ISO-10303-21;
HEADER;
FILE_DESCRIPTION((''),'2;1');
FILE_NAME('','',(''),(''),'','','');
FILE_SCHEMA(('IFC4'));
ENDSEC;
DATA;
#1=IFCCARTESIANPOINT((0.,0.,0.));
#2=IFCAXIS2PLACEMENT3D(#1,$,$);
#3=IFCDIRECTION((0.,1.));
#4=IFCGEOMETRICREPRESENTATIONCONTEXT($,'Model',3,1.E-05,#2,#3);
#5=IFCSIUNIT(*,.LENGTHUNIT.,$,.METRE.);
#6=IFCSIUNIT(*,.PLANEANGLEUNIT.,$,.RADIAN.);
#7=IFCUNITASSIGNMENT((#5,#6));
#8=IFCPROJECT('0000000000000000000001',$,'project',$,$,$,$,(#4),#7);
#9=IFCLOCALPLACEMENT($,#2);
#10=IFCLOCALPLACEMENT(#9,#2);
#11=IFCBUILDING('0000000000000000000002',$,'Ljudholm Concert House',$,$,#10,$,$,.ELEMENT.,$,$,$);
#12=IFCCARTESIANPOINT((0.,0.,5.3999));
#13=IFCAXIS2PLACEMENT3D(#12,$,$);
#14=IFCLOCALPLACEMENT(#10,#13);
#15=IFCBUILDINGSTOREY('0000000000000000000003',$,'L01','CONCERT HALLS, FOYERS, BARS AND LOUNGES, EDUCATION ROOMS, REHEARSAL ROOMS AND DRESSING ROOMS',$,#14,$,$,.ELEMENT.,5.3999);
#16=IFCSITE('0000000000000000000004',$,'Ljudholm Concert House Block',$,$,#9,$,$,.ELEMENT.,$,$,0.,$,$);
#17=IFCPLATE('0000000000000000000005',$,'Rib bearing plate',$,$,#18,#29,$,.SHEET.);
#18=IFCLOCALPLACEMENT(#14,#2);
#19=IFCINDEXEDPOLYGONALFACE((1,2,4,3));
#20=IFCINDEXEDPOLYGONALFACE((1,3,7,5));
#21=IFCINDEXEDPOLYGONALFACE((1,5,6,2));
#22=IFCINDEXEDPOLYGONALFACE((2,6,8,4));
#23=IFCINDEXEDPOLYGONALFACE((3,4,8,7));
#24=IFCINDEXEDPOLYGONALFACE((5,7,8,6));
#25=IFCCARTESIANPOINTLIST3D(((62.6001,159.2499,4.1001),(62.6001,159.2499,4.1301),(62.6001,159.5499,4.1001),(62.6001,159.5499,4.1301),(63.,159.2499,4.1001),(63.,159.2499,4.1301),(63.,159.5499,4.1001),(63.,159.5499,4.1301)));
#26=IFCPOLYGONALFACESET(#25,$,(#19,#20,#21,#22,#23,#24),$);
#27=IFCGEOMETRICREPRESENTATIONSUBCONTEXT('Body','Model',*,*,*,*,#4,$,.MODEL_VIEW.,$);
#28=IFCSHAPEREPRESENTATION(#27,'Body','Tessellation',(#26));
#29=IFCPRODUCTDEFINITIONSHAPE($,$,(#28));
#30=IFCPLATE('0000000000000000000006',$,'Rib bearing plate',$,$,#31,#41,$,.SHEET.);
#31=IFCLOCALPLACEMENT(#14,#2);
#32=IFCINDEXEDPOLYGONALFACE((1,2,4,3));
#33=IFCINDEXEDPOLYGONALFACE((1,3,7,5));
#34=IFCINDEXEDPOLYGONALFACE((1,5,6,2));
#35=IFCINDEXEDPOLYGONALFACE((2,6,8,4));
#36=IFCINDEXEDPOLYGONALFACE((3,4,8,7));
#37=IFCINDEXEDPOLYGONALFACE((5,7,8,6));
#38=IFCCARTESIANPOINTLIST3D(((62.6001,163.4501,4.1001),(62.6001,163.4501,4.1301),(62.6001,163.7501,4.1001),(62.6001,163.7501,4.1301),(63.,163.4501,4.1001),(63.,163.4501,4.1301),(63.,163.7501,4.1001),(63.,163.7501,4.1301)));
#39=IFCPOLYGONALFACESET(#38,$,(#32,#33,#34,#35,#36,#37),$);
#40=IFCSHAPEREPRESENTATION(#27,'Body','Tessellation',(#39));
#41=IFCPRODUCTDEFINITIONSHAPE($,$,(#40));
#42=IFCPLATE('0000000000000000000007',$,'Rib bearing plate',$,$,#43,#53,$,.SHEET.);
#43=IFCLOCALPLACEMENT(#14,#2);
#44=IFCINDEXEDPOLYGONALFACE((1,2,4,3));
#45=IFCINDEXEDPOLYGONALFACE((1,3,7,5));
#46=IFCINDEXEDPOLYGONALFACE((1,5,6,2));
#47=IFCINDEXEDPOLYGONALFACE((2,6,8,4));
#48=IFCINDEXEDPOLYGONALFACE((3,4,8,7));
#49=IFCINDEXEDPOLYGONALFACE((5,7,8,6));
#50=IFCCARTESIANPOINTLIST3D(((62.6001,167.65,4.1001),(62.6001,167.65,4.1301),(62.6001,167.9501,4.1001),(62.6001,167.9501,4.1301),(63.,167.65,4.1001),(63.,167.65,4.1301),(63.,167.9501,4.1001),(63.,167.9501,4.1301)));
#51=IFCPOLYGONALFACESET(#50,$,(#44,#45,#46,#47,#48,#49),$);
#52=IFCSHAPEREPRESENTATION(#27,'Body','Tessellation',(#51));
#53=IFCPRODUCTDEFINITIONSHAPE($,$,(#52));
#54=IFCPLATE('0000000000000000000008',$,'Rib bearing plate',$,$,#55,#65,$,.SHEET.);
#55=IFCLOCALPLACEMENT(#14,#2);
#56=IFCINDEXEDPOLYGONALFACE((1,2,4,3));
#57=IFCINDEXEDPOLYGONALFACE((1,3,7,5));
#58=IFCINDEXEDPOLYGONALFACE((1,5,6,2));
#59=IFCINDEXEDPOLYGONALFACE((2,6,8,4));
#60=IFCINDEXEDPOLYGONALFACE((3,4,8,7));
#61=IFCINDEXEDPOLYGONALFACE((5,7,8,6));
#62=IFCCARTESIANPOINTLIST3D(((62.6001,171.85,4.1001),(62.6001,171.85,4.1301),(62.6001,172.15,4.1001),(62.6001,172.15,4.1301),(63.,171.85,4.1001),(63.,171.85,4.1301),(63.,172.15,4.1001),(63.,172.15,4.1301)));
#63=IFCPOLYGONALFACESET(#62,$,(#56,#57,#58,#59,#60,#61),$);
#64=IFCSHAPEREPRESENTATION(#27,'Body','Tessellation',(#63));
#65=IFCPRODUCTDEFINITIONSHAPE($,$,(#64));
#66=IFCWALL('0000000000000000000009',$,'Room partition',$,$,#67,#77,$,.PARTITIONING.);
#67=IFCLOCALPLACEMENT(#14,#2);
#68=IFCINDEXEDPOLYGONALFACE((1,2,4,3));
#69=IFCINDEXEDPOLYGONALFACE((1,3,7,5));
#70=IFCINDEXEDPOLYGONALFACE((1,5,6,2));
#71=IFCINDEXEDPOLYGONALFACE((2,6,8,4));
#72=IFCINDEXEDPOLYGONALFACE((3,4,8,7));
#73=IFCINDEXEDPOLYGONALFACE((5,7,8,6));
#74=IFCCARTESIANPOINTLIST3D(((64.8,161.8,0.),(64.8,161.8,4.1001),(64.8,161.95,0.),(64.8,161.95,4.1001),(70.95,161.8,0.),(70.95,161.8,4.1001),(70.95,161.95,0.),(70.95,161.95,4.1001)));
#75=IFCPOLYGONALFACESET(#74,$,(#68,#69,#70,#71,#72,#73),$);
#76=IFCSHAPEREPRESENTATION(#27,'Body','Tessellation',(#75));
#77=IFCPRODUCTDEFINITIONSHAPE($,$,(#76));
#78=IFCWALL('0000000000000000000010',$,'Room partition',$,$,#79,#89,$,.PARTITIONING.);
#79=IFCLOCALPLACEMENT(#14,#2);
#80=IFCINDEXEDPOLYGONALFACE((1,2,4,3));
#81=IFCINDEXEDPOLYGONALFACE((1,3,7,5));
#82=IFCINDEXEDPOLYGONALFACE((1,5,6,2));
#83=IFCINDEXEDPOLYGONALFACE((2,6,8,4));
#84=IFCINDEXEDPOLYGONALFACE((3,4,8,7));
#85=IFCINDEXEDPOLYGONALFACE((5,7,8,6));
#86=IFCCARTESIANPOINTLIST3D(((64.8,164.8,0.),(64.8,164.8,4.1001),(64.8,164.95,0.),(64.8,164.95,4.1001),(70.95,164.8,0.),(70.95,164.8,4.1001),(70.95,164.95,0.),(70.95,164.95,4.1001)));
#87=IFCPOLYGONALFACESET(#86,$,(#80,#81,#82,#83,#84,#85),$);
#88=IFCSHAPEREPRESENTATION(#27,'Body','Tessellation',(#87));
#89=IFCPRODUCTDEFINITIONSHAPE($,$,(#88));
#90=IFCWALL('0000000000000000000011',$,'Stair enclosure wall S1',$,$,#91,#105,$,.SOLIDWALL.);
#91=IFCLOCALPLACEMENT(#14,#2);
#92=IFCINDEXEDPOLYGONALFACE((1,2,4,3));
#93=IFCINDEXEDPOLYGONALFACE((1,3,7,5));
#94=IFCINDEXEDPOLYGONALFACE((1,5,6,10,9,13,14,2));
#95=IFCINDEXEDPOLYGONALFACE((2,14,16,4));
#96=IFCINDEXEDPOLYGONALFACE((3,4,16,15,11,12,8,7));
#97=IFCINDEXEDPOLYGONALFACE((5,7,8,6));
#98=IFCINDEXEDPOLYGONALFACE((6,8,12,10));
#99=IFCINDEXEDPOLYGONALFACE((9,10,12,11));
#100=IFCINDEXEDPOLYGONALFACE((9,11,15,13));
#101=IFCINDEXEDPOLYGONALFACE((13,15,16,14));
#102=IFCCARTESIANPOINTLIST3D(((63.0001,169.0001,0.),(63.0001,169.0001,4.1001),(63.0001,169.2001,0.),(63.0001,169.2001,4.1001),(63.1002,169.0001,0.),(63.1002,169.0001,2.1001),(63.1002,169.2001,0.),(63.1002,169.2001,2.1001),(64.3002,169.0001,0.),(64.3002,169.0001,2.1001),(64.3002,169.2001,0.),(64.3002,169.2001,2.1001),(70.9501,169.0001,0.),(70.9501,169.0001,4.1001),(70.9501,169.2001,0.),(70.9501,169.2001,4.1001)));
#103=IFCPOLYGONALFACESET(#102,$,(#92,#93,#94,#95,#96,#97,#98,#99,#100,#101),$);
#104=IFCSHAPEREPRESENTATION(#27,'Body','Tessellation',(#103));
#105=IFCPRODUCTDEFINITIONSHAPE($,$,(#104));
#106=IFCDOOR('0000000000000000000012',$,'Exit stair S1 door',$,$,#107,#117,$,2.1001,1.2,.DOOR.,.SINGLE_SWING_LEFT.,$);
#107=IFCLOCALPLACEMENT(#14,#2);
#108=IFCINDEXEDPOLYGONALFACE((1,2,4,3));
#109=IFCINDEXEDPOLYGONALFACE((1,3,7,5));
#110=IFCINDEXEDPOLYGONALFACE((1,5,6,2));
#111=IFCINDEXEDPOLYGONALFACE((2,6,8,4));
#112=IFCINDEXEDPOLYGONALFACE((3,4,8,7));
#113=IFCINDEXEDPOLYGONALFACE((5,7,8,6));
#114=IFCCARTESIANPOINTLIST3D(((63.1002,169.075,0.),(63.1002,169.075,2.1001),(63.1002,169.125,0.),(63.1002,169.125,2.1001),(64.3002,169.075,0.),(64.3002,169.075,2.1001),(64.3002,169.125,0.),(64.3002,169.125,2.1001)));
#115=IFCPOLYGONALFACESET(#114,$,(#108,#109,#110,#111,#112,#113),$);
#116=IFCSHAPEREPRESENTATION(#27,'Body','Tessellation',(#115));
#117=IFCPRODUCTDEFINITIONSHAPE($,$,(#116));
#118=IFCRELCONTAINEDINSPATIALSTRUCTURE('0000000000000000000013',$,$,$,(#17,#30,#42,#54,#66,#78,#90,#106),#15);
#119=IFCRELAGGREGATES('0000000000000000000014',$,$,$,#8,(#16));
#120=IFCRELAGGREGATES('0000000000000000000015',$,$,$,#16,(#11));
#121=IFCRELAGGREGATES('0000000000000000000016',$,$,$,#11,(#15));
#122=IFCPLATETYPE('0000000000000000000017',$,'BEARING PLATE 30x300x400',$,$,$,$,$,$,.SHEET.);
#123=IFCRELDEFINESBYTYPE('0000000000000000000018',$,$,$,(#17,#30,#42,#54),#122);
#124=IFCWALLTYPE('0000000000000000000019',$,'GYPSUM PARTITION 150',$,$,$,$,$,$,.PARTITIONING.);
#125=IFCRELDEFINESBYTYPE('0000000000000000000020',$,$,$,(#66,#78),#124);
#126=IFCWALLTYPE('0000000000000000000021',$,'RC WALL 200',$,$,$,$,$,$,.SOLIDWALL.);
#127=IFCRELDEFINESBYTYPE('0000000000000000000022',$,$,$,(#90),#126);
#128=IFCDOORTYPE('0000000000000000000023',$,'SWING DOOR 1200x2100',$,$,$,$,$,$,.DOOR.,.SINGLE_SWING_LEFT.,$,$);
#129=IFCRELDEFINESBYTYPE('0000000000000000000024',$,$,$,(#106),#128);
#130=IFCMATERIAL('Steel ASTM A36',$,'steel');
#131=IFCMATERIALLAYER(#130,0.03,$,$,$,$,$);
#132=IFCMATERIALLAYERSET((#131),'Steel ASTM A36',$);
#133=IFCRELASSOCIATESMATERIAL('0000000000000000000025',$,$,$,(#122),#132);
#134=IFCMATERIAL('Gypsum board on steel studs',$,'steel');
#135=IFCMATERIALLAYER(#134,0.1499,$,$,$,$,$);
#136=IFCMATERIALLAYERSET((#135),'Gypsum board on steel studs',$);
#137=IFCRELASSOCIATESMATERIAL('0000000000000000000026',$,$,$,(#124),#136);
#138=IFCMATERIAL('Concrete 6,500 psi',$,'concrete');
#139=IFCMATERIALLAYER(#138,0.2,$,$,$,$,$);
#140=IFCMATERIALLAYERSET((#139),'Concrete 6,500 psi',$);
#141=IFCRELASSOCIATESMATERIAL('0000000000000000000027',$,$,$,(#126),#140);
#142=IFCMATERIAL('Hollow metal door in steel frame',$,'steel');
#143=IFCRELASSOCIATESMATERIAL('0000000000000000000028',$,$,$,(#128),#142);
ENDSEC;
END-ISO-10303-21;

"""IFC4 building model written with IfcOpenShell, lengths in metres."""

from ifc_helpers import new_model, si_unit, direction, frame, frame_2d, origin, origin_2d, place, context, subcontext, project, spatial, rectangle, extrude, material, layer, layer_set, type_object, element, fill, save


model = new_model("IFC4")

# Units and contexts
model_context = context("Model", 3, precision=1e-05, world=origin(), true_north=direction((0.0, 1.0)))
body_context = subcontext(model_context, "Body", "Model", "MODEL_VIEW")
ifc_project = project(units=[si_unit("LENGTHUNIT", "METRE"), si_unit("PLANEANGLEUNIT", "RADIAN")], contexts=[model_context])

# Site, building, storey
site_placement = place(None, origin())
site = spatial("IfcSite", under=ifc_project, at=site_placement, Name="Ljudholm Concert House Block", CompositionType="ELEMENT", RefElevation=0.0)
building_placement = place(site_placement, origin())
building = spatial("IfcBuilding", under=site, at=building_placement, Name="Ljudholm Concert House", CompositionType="ELEMENT")
storey_placement = place(building_placement, frame((0.0, 0.0, 5.3999)))
storey = spatial("IfcBuildingStorey", under=building, at=storey_placement, Name="L01", Description="CONCERT HALLS, FOYERS, BARS AND LOUNGES, EDUCATION ROOMS, REHEARSAL ROOMS AND DRESSING ROOMS", CompositionType="ELEMENT", Elevation=5.3999)

# Plates
ifc_material_1 = material(Name="Steel ASTM A36", Category="steel")
ifc_layer_1 = layer(ifc_material_1, 0.03)
ifc_layer_set_1 = layer_set([ifc_layer_1], Name="Steel ASTM A36")
plate_type = type_object("IfcPlateType", Name="BEARING PLATE 30x300x400", PredefinedType="SHEET", material=ifc_layer_set_1)
for number, where, z_axis, x_axis, name in (
    (1, (62.8, 159.3999, 4.1001), (0.0, 0.0, 1.0), (1.0, 0.0, 0.0), "Rib bearing plate"),
    (2, (62.8, 163.6001, 4.1001), (0.0, 0.0, 1.0), (1.0, 0.0, 0.0), "Rib bearing plate"),
    (3, (62.8, 167.8, 4.1001), (0.0, 0.0, 1.0), (1.0, 0.0, 0.0), "Rib bearing plate"),
    (4, (62.8, 172.0, 4.1001), (0.0, 0.0, 1.0), (1.0, 0.0, 0.0), "Rib bearing plate"),
):
    element("IfcPlate", number, at=place(storey_placement, frame(where, z_axis=z_axis, x_axis=x_axis)), inside=storey, type_object=plate_type, Name=name, PredefinedType="SHEET", context=body_context, shape_type="SweptSolid", body=[
        extrude(rectangle(XDim=0.3999, YDim=0.3, at=origin_2d()), origin(), (0.0, 0.0, 1.0), 0.03),
    ])

# Walls
ifc_material_2 = material(Name="Gypsum board on steel studs", Category="steel")
ifc_layer_2 = layer(ifc_material_2, 0.1499)
ifc_layer_set_2 = layer_set([ifc_layer_2], Name="Gypsum board on steel studs")
wall_type_1 = type_object("IfcWallType", Name="GYPSUM PARTITION 150", PredefinedType="PARTITIONING", material=ifc_layer_set_2)
for number, where, z_axis, x_axis, name in (
    (5, (64.8, 161.875, 0.0), (0.0, 0.0, 1.0), (1.0, 0.0, 0.0), "Room partition"),
    (6, (64.8, 164.875, 0.0), (0.0, 0.0, 1.0), (1.0, 0.0, 0.0), "Room partition"),
):
    element("IfcWall", number, at=place(storey_placement, frame(where, z_axis=z_axis, x_axis=x_axis)), inside=storey, type_object=wall_type_1, Name=name, PredefinedType="PARTITIONING", context=body_context, shape_type="SweptSolid", body=[
        extrude(rectangle(XDim=6.1499, YDim=0.1499, at=frame_2d((3.075, 0.0))), origin(), (0.0, 0.0, 1.0), 4.1001),
    ])

# Wall, opening, door
ifc_material_3 = material(Name="Concrete 6,500 psi", Category="concrete")
ifc_layer_3 = layer(ifc_material_3, 0.2)
ifc_layer_set_3 = layer_set([ifc_layer_3], Name="Concrete 6,500 psi")
wall_type_2 = type_object("IfcWallType", Name="RC WALL 200", PredefinedType="SOLIDWALL", material=ifc_layer_set_3)
wall_1_placement = place(storey_placement, frame((63.0, 169.1001, 0.0), z_axis=(0.0, 0.0, 1.0), x_axis=(1.0, 0.0, 0.0)))
wall_1 = element("IfcWall", 7, at=wall_1_placement, inside=storey, type_object=wall_type_2, Name="Stair enclosure wall S1", PredefinedType="SOLIDWALL", context=body_context, shape_type="SweptSolid", body=[
    extrude(rectangle(XDim=7.95, YDim=0.2, at=frame_2d((3.9751, 0.0))), origin(), (0.0, 0.0, 1.0), 4.1001),
])
opening_1_placement = place(wall_1_placement, frame((0.1001, 0.0, 0.0)))
opening_1 = element("IfcOpeningElement", 8, at=opening_1_placement, cuts=wall_1, PredefinedType="OPENING", context=body_context, shape_type="SweptSolid", body=[
    extrude(rectangle(XDim=1.2, YDim=2.1001, at=frame_2d((0.6001, 1.05))), frame((0.0, 0.1099, 0.0), z_axis=(0.0, -1.0, 0.0), x_axis=(1.0, 0.0, 0.0)), (0.0, 0.0, 1.0), 0.22),
])
ifc_material_4 = material(Name="Hollow metal door in steel frame", Category="steel")
door_type = type_object("IfcDoorType", Name="SWING DOOR 1200x2100", OperationType="SINGLE_SWING_LEFT", PredefinedType="DOOR", material=ifc_material_4)
door_placement = place(opening_1_placement, origin())
door = element("IfcDoor", 9, at=door_placement, inside=storey, type_object=door_type, Name="Exit stair S1 door", OperationType="SINGLE_SWING_LEFT", OverallHeight=2.1001, OverallWidth=1.2, PredefinedType="DOOR", context=body_context, shape_type="SweptSolid", body=[
    extrude(rectangle(XDim=1.2, YDim=2.1001, at=frame_2d((0.6001, 1.05))), frame((0.0, 0.0249, 0.0), z_axis=(0.0, -1.0, 0.0), x_axis=(1.0, 0.0, 0.0)), (0.0, 0.0, 1.0), 0.05),
])
fill(opening_1, door)

save(model, "model.ifc")
